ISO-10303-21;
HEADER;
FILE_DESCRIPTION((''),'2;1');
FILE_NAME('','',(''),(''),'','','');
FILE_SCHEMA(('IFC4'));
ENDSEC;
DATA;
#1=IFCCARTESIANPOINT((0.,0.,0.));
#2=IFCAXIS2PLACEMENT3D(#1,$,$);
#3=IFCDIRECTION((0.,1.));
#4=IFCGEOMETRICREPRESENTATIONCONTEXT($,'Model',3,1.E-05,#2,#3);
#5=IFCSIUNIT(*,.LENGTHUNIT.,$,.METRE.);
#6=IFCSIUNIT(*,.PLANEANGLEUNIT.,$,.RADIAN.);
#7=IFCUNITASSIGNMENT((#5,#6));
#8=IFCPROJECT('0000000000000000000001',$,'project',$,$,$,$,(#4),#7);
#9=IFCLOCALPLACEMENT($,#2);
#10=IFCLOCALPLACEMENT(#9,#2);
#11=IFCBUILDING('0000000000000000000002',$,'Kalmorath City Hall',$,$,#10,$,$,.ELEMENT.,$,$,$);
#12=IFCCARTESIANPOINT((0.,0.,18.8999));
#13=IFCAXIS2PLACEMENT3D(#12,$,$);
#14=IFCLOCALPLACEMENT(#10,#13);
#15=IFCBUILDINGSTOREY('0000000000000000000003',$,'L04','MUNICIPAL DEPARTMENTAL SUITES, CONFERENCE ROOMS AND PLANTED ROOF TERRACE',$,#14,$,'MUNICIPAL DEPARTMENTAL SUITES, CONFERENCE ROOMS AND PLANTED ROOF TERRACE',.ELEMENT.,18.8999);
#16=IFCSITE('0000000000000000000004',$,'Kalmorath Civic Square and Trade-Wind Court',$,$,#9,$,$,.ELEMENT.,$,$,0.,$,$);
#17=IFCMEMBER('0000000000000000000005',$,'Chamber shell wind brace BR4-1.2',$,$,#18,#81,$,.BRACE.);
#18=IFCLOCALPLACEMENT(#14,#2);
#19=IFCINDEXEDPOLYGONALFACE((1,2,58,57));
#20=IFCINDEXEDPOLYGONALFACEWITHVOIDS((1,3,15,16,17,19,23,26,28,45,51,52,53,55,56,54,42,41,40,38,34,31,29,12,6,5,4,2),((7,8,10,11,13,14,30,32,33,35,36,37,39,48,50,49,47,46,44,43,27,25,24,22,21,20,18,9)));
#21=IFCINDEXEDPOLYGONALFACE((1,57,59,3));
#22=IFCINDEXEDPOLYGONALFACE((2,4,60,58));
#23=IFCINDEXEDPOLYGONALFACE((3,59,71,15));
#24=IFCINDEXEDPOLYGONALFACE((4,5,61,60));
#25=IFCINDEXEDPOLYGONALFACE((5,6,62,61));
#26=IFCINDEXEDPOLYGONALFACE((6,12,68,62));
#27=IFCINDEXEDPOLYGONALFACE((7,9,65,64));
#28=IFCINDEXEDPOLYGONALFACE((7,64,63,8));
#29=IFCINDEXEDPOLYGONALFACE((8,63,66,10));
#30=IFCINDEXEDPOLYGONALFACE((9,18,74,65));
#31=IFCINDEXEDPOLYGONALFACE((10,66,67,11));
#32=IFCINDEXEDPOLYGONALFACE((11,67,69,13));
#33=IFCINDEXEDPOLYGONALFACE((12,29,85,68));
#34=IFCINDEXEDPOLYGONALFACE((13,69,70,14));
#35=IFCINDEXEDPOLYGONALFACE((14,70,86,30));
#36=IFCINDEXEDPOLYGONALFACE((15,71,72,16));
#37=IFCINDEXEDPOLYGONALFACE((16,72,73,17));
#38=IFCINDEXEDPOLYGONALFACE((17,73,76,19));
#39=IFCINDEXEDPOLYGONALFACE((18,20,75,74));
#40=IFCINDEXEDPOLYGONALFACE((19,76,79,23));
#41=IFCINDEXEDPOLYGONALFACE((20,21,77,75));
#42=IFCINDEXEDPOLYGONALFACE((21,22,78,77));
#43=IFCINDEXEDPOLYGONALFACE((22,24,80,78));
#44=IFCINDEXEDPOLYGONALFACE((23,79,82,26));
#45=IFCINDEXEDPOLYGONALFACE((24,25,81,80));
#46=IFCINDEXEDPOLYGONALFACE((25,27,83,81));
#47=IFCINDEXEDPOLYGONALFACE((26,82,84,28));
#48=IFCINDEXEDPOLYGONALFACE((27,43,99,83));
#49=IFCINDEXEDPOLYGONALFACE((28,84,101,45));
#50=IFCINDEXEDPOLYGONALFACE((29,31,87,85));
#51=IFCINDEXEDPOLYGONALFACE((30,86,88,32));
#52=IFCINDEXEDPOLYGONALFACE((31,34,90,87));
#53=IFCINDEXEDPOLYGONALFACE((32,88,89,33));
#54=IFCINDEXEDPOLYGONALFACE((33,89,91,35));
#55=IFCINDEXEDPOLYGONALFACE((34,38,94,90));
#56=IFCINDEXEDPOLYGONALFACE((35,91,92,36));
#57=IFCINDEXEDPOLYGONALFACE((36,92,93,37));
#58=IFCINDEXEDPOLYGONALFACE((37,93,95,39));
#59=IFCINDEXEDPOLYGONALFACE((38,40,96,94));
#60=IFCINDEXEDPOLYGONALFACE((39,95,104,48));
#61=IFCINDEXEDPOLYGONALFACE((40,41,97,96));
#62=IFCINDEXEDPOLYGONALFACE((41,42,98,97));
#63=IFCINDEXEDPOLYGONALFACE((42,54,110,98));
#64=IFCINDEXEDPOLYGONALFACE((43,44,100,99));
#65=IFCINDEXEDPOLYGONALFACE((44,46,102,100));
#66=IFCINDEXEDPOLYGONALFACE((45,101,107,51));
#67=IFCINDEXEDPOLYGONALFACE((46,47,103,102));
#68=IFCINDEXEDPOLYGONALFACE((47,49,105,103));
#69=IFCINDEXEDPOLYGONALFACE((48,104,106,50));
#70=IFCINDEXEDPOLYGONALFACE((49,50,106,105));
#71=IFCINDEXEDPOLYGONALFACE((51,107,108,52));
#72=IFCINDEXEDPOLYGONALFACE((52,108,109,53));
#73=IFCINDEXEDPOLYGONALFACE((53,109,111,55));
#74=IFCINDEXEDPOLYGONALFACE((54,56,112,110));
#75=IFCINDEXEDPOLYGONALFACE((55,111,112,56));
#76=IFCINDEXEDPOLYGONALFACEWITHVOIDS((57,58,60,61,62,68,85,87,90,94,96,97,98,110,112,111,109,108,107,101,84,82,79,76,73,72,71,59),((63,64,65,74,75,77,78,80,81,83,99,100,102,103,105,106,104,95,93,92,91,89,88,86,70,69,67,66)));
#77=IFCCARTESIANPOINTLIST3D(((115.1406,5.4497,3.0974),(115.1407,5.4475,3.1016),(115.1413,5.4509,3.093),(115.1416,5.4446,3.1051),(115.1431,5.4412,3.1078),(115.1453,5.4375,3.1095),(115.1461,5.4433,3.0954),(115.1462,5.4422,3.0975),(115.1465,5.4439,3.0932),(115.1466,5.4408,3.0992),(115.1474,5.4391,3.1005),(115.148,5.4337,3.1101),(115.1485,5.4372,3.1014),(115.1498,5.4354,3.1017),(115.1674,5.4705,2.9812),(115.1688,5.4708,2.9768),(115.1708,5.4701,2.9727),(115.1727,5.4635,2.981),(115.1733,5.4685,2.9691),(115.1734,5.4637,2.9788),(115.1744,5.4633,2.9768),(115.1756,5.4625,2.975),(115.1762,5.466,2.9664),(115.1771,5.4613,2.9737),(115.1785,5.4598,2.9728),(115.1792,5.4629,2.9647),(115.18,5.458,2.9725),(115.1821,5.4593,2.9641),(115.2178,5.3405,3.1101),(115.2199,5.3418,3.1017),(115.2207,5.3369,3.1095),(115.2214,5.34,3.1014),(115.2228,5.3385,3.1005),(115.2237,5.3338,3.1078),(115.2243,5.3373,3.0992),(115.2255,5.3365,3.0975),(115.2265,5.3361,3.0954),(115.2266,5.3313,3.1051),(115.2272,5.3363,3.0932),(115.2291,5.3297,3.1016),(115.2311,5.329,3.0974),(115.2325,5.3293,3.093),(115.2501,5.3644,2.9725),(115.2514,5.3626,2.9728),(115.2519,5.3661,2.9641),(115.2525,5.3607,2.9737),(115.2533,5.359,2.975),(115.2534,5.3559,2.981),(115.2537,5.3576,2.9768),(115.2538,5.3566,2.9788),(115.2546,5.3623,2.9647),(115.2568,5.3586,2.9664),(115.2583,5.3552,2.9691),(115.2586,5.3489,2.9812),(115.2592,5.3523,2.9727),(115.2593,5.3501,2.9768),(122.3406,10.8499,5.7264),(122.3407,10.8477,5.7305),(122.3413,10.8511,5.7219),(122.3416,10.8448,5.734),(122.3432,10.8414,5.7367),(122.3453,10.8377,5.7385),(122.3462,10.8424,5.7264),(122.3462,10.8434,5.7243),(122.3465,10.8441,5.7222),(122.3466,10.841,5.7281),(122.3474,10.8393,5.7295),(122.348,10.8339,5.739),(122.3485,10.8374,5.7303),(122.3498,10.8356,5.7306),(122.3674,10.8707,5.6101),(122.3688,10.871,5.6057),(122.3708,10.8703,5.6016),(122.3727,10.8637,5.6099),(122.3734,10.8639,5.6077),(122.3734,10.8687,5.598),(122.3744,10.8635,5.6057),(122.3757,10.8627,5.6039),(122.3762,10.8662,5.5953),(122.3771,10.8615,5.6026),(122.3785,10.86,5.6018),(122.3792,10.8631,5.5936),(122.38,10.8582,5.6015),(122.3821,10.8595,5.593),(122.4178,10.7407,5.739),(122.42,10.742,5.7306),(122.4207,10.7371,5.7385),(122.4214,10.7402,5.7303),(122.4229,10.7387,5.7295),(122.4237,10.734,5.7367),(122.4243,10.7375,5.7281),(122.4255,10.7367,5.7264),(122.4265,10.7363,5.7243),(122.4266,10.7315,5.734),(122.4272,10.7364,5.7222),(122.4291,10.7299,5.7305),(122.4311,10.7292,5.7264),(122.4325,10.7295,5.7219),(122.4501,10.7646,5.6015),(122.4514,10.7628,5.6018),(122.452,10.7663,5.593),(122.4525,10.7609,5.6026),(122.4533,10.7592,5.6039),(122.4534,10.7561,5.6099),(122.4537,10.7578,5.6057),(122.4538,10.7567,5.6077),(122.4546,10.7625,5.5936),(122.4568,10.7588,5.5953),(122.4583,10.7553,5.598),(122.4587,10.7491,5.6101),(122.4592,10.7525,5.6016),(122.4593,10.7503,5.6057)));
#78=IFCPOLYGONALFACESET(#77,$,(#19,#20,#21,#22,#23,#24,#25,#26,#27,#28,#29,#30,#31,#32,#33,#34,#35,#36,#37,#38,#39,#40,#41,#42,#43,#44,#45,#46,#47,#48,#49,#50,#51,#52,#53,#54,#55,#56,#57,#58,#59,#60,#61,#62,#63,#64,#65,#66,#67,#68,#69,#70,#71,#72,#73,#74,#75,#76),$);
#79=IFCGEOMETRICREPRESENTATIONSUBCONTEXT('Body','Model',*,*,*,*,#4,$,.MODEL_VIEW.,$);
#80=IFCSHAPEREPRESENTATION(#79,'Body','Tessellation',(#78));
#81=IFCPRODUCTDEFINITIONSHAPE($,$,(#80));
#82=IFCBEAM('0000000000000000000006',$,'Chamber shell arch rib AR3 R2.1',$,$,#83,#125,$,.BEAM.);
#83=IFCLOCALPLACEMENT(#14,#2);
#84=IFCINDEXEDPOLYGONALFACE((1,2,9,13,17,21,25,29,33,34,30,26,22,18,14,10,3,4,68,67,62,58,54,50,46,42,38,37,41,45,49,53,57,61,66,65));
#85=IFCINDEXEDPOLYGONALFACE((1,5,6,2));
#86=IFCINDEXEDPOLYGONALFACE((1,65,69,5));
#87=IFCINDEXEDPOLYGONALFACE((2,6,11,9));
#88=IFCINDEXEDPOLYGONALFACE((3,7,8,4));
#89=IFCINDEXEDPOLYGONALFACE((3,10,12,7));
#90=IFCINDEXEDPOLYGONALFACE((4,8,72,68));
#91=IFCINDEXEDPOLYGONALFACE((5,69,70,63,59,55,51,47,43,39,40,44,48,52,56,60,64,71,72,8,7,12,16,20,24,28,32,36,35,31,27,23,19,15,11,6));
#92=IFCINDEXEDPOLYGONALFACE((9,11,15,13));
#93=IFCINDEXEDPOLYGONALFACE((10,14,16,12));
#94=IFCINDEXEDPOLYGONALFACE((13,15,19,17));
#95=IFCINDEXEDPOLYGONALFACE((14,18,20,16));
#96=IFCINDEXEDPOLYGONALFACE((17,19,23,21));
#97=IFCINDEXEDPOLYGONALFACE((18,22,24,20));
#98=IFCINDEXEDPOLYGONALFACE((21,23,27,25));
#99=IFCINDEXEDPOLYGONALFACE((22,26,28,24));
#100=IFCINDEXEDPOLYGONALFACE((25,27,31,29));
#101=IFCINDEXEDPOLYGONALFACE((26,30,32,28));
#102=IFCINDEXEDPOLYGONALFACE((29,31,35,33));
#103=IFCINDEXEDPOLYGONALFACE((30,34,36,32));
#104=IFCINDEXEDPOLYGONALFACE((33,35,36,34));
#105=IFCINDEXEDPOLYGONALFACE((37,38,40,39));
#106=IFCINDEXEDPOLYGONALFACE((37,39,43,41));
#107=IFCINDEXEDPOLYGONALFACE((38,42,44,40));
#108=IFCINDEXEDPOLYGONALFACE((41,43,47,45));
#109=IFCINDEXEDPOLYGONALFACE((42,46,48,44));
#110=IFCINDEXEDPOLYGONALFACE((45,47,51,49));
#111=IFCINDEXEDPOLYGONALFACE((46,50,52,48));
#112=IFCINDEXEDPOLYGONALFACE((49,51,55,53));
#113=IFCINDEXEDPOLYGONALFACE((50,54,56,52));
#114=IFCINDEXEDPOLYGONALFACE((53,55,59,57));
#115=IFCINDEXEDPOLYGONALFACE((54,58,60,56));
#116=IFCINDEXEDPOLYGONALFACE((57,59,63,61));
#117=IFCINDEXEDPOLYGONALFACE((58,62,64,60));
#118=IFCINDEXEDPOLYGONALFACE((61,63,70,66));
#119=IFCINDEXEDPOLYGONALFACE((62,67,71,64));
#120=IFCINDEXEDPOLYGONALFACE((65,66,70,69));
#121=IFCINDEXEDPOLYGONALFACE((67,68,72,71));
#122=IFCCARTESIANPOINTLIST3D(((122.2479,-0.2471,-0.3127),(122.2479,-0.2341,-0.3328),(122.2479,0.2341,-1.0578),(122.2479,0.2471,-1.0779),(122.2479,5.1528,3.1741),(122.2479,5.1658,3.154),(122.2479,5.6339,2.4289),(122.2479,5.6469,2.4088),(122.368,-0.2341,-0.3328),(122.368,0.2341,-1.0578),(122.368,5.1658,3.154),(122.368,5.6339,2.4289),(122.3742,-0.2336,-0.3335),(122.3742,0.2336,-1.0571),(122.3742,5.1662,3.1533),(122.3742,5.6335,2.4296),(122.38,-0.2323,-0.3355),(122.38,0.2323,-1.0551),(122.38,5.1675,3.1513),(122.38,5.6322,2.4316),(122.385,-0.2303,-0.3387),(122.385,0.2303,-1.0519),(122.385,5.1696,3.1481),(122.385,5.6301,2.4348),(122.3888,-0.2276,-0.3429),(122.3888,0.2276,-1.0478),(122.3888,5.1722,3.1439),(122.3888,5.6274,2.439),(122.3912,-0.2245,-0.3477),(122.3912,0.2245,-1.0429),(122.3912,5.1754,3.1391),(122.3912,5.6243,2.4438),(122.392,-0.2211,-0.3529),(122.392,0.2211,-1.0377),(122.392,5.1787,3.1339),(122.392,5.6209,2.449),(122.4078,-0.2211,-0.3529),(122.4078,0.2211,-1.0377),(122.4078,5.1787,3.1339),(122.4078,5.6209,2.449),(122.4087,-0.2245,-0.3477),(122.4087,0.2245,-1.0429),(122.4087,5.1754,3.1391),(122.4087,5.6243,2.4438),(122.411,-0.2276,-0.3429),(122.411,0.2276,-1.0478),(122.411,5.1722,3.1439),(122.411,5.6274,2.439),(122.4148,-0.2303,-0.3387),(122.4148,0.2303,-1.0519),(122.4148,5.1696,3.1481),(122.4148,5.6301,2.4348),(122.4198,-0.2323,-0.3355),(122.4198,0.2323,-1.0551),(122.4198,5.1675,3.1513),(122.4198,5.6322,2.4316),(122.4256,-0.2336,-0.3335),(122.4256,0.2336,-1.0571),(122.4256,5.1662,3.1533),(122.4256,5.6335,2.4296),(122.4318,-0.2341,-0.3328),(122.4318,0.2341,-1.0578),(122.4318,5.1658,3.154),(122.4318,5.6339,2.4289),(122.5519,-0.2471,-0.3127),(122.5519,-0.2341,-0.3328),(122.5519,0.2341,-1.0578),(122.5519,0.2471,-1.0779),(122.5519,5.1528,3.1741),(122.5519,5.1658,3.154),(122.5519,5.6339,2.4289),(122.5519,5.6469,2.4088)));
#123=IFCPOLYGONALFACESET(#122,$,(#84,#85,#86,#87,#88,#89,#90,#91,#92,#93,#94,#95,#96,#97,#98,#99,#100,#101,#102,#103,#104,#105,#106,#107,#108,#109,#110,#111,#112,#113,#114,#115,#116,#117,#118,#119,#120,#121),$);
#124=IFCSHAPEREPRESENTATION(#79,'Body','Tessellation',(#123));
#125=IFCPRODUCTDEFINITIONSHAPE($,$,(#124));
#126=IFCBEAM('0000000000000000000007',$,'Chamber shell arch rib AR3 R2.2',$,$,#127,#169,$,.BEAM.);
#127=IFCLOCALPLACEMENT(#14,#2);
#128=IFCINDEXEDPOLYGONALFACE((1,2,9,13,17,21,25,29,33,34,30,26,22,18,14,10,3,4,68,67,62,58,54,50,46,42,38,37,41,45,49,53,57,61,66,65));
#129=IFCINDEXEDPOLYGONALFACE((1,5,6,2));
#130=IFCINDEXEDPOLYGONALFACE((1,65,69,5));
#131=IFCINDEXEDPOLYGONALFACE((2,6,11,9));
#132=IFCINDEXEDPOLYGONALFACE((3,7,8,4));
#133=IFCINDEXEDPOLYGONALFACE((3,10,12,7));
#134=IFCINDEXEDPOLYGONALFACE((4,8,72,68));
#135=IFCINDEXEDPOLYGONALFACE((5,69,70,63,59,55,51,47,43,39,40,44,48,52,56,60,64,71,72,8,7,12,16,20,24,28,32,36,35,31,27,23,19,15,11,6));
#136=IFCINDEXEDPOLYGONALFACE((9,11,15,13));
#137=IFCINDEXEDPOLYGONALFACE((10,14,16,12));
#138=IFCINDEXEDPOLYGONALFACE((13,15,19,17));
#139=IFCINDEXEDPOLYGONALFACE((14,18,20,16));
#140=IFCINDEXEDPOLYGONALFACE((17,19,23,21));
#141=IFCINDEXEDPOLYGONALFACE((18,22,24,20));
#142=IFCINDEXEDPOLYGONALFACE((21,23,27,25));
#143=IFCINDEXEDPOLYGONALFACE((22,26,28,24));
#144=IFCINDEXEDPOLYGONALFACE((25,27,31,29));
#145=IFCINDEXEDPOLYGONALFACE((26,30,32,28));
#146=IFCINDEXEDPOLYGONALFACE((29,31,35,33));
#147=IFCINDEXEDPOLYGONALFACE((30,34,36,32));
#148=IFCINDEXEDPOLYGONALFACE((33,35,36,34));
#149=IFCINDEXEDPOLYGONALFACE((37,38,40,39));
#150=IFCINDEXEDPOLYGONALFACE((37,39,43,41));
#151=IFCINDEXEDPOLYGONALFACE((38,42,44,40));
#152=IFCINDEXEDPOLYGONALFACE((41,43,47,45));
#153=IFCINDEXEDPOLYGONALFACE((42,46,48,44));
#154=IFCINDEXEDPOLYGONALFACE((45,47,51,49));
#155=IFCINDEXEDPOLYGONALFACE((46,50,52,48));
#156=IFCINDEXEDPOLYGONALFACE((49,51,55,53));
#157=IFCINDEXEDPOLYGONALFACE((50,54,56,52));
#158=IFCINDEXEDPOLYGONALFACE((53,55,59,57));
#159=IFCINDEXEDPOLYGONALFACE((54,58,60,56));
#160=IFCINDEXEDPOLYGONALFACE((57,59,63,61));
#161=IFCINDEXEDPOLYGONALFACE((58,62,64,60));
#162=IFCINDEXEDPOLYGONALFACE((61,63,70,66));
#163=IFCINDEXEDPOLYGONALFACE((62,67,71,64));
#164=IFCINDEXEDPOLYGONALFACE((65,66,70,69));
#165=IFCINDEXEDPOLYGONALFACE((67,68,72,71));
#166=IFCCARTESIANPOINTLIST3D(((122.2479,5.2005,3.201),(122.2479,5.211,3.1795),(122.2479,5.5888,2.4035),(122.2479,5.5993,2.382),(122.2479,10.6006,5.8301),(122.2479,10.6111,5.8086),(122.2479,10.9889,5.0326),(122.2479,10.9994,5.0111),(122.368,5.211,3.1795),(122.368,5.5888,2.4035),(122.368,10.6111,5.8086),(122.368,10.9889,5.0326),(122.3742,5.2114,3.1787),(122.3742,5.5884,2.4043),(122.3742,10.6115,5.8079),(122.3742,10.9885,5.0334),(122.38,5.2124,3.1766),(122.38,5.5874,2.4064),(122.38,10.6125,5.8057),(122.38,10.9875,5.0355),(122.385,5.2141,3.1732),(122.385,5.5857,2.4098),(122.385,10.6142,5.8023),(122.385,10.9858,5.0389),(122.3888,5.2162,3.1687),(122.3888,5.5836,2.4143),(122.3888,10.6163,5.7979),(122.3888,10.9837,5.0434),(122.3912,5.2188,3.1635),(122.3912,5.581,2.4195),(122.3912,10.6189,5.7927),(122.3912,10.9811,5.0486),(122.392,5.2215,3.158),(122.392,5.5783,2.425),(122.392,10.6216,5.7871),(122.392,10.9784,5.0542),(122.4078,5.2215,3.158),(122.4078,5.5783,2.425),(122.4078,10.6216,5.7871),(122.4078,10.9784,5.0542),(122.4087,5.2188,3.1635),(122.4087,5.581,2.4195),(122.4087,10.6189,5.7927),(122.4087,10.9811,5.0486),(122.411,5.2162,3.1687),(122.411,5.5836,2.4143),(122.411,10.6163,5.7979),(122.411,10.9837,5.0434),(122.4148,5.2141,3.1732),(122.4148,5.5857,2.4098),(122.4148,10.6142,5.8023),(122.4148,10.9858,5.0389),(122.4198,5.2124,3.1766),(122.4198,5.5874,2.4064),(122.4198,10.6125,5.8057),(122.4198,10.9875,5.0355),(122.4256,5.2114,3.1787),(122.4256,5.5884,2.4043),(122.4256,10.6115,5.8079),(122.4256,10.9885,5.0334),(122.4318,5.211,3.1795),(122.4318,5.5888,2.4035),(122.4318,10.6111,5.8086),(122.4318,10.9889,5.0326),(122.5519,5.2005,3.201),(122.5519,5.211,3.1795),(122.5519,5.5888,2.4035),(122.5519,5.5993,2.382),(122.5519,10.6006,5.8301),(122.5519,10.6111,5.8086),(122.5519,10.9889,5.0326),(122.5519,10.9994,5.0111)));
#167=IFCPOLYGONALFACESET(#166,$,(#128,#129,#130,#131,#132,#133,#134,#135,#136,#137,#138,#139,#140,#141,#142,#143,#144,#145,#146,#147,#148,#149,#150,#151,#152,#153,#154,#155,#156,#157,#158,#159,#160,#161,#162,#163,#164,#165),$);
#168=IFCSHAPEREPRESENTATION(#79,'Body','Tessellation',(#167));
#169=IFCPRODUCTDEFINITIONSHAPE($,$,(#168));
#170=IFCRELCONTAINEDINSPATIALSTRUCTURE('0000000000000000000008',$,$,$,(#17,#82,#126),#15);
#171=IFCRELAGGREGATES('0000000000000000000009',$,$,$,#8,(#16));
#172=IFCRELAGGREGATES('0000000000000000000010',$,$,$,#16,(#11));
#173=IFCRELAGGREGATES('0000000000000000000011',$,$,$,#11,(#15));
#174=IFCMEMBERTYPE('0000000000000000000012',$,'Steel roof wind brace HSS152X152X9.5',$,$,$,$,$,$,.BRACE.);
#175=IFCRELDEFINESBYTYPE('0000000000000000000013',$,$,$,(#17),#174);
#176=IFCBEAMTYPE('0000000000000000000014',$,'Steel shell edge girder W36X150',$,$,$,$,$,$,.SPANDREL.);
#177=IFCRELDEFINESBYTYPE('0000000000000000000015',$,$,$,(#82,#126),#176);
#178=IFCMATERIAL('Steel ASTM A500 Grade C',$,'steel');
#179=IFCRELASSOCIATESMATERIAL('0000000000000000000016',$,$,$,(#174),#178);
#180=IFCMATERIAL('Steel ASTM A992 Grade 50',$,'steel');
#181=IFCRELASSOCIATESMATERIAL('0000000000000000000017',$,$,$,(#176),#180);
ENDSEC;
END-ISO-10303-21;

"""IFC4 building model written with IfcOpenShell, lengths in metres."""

from ifc_helpers import new_model, si_unit, direction, frame, origin, origin_2d, place, context, subcontext, project, spatial, hollow_rectangle, i_section, extrude, material, material_profile, profile_set, type_object, element, save


model = new_model("IFC4")

# Units and contexts
model_context = context("Model", 3, precision=1e-05, world=origin(), true_north=direction((0.0, 1.0)))
body_context = subcontext(model_context, "Body", "Model", "MODEL_VIEW")
ifc_project = project(units=[si_unit("LENGTHUNIT", "METRE"), si_unit("PLANEANGLEUNIT", "RADIAN")], contexts=[model_context])

# Site, building, storey
site_placement = place(None, origin())
site = spatial("IfcSite", under=ifc_project, at=site_placement, Name="Kalmorath Civic Square and Trade-Wind Court", CompositionType="ELEMENT", RefElevation=0.0)
building_placement = place(site_placement, origin())
building = spatial("IfcBuilding", under=site, at=building_placement, Name="Kalmorath City Hall", CompositionType="ELEMENT")
storey_placement = place(building_placement, frame((0.0, 0.0, 18.8999)))
storey = spatial("IfcBuildingStorey", under=building, at=storey_placement, Name="L04", Description="MUNICIPAL DEPARTMENTAL SUITES, CONFERENCE ROOMS AND PLANTED ROOF TERRACE", LongName="MUNICIPAL DEPARTMENTAL SUITES, CONFERENCE ROOMS AND PLANTED ROOF TERRACE", CompositionType="ELEMENT", Elevation=18.8999)

# Member
ifc_material_1 = material(Name="Steel ASTM A500 Grade C", Category="steel")
ifc_material_profile_1 = material_profile(ifc_material_1, hollow_rectangle(XDim=0.1521, YDim=0.1521, WallThickness=0.0088, InnerFilletRadius=0.0088, OuterFilletRadius=0.0178, at=origin_2d()), Name="HSS152X152X9.5")
ifc_profile_set_1 = profile_set([ifc_material_profile_1], Name="Steel ASTM A500 Grade C")
member_type_1 = type_object("IfcMemberType", Name="Steel roof wind brace HSS152X152X9.5", PredefinedType="BRACE", material=ifc_profile_set_1)
member_placement = place(storey_placement, frame((115.2, 5.3999, 3.0371), z_axis=(0.767901, 0.575946, 0.280383), x_axis=(-0.600013, 0.79999, 0.0)))
element("IfcMember", 1, at=member_placement, inside=storey, type_object=member_type_1, Name="Chamber shell wind brace BR4-1.2", PredefinedType="BRACE", context=body_context, shape_type="SweptSolid", body=[
    extrude(hollow_rectangle(XDim=0.1521, YDim=0.1521, WallThickness=0.0088, InnerFilletRadius=0.0088, OuterFilletRadius=0.0178, at=origin_2d()), origin(), (0.0, 0.0, 1.0), 9.3762),
])

# Beams
ifc_material_2 = material(Name="Steel ASTM A992 Grade 50", Category="steel")
ifc_material_profile_2 = material_profile(ifc_material_2, i_section(OverallWidth=0.304, OverallDepth=0.9109, WebThickness=0.0159, FlangeThickness=0.0239, FilletRadius=0.0239, at=origin_2d()), Name="W36X150")
ifc_profile_set_2 = profile_set([ifc_material_profile_2], Name="Steel ASTM A992 Grade 50")
beam_type_1 = type_object("IfcBeamType", Name="Steel shell edge girder W36X150", PredefinedType="SPANDREL", material=ifc_profile_set_2)
beam_1_placement = place(storey_placement, frame((122.3999, 0.0, -0.6953), z_axis=(0.0, 0.840083, 0.542457), x_axis=(-1.0, 0.0, 0.0)))
element("IfcBeam", 2, at=beam_1_placement, inside=storey, type_object=beam_type_1, Name="Chamber shell arch rib AR3 R2.1", PredefinedType="BEAM", context=body_context, shape_type="SweptSolid", body=[
    extrude(i_section(OverallWidth=0.304, OverallDepth=0.9109, WebThickness=0.0159, FlangeThickness=0.0239, FilletRadius=0.0239, at=origin_2d()), origin(), (0.0, 0.0, 1.0), 6.4277),
])
beam_2_placement = place(storey_placement, frame((122.3999, 5.3999, 2.7915), z_axis=(0.0, 0.899101, 0.437742), x_axis=(-1.0, 0.0, 0.0)))
element("IfcBeam", 3, at=beam_2_placement, inside=storey, type_object=beam_type_1, Name="Chamber shell arch rib AR3 R2.2", PredefinedType="BEAM", context=body_context, shape_type="SweptSolid", body=[
    extrude(i_section(OverallWidth=0.304, OverallDepth=0.9109, WebThickness=0.0159, FlangeThickness=0.0239, FilletRadius=0.0239, at=origin_2d()), origin(), (0.0, 0.0, 1.0), 6.0061),
])

save(model, "model.ifc")
